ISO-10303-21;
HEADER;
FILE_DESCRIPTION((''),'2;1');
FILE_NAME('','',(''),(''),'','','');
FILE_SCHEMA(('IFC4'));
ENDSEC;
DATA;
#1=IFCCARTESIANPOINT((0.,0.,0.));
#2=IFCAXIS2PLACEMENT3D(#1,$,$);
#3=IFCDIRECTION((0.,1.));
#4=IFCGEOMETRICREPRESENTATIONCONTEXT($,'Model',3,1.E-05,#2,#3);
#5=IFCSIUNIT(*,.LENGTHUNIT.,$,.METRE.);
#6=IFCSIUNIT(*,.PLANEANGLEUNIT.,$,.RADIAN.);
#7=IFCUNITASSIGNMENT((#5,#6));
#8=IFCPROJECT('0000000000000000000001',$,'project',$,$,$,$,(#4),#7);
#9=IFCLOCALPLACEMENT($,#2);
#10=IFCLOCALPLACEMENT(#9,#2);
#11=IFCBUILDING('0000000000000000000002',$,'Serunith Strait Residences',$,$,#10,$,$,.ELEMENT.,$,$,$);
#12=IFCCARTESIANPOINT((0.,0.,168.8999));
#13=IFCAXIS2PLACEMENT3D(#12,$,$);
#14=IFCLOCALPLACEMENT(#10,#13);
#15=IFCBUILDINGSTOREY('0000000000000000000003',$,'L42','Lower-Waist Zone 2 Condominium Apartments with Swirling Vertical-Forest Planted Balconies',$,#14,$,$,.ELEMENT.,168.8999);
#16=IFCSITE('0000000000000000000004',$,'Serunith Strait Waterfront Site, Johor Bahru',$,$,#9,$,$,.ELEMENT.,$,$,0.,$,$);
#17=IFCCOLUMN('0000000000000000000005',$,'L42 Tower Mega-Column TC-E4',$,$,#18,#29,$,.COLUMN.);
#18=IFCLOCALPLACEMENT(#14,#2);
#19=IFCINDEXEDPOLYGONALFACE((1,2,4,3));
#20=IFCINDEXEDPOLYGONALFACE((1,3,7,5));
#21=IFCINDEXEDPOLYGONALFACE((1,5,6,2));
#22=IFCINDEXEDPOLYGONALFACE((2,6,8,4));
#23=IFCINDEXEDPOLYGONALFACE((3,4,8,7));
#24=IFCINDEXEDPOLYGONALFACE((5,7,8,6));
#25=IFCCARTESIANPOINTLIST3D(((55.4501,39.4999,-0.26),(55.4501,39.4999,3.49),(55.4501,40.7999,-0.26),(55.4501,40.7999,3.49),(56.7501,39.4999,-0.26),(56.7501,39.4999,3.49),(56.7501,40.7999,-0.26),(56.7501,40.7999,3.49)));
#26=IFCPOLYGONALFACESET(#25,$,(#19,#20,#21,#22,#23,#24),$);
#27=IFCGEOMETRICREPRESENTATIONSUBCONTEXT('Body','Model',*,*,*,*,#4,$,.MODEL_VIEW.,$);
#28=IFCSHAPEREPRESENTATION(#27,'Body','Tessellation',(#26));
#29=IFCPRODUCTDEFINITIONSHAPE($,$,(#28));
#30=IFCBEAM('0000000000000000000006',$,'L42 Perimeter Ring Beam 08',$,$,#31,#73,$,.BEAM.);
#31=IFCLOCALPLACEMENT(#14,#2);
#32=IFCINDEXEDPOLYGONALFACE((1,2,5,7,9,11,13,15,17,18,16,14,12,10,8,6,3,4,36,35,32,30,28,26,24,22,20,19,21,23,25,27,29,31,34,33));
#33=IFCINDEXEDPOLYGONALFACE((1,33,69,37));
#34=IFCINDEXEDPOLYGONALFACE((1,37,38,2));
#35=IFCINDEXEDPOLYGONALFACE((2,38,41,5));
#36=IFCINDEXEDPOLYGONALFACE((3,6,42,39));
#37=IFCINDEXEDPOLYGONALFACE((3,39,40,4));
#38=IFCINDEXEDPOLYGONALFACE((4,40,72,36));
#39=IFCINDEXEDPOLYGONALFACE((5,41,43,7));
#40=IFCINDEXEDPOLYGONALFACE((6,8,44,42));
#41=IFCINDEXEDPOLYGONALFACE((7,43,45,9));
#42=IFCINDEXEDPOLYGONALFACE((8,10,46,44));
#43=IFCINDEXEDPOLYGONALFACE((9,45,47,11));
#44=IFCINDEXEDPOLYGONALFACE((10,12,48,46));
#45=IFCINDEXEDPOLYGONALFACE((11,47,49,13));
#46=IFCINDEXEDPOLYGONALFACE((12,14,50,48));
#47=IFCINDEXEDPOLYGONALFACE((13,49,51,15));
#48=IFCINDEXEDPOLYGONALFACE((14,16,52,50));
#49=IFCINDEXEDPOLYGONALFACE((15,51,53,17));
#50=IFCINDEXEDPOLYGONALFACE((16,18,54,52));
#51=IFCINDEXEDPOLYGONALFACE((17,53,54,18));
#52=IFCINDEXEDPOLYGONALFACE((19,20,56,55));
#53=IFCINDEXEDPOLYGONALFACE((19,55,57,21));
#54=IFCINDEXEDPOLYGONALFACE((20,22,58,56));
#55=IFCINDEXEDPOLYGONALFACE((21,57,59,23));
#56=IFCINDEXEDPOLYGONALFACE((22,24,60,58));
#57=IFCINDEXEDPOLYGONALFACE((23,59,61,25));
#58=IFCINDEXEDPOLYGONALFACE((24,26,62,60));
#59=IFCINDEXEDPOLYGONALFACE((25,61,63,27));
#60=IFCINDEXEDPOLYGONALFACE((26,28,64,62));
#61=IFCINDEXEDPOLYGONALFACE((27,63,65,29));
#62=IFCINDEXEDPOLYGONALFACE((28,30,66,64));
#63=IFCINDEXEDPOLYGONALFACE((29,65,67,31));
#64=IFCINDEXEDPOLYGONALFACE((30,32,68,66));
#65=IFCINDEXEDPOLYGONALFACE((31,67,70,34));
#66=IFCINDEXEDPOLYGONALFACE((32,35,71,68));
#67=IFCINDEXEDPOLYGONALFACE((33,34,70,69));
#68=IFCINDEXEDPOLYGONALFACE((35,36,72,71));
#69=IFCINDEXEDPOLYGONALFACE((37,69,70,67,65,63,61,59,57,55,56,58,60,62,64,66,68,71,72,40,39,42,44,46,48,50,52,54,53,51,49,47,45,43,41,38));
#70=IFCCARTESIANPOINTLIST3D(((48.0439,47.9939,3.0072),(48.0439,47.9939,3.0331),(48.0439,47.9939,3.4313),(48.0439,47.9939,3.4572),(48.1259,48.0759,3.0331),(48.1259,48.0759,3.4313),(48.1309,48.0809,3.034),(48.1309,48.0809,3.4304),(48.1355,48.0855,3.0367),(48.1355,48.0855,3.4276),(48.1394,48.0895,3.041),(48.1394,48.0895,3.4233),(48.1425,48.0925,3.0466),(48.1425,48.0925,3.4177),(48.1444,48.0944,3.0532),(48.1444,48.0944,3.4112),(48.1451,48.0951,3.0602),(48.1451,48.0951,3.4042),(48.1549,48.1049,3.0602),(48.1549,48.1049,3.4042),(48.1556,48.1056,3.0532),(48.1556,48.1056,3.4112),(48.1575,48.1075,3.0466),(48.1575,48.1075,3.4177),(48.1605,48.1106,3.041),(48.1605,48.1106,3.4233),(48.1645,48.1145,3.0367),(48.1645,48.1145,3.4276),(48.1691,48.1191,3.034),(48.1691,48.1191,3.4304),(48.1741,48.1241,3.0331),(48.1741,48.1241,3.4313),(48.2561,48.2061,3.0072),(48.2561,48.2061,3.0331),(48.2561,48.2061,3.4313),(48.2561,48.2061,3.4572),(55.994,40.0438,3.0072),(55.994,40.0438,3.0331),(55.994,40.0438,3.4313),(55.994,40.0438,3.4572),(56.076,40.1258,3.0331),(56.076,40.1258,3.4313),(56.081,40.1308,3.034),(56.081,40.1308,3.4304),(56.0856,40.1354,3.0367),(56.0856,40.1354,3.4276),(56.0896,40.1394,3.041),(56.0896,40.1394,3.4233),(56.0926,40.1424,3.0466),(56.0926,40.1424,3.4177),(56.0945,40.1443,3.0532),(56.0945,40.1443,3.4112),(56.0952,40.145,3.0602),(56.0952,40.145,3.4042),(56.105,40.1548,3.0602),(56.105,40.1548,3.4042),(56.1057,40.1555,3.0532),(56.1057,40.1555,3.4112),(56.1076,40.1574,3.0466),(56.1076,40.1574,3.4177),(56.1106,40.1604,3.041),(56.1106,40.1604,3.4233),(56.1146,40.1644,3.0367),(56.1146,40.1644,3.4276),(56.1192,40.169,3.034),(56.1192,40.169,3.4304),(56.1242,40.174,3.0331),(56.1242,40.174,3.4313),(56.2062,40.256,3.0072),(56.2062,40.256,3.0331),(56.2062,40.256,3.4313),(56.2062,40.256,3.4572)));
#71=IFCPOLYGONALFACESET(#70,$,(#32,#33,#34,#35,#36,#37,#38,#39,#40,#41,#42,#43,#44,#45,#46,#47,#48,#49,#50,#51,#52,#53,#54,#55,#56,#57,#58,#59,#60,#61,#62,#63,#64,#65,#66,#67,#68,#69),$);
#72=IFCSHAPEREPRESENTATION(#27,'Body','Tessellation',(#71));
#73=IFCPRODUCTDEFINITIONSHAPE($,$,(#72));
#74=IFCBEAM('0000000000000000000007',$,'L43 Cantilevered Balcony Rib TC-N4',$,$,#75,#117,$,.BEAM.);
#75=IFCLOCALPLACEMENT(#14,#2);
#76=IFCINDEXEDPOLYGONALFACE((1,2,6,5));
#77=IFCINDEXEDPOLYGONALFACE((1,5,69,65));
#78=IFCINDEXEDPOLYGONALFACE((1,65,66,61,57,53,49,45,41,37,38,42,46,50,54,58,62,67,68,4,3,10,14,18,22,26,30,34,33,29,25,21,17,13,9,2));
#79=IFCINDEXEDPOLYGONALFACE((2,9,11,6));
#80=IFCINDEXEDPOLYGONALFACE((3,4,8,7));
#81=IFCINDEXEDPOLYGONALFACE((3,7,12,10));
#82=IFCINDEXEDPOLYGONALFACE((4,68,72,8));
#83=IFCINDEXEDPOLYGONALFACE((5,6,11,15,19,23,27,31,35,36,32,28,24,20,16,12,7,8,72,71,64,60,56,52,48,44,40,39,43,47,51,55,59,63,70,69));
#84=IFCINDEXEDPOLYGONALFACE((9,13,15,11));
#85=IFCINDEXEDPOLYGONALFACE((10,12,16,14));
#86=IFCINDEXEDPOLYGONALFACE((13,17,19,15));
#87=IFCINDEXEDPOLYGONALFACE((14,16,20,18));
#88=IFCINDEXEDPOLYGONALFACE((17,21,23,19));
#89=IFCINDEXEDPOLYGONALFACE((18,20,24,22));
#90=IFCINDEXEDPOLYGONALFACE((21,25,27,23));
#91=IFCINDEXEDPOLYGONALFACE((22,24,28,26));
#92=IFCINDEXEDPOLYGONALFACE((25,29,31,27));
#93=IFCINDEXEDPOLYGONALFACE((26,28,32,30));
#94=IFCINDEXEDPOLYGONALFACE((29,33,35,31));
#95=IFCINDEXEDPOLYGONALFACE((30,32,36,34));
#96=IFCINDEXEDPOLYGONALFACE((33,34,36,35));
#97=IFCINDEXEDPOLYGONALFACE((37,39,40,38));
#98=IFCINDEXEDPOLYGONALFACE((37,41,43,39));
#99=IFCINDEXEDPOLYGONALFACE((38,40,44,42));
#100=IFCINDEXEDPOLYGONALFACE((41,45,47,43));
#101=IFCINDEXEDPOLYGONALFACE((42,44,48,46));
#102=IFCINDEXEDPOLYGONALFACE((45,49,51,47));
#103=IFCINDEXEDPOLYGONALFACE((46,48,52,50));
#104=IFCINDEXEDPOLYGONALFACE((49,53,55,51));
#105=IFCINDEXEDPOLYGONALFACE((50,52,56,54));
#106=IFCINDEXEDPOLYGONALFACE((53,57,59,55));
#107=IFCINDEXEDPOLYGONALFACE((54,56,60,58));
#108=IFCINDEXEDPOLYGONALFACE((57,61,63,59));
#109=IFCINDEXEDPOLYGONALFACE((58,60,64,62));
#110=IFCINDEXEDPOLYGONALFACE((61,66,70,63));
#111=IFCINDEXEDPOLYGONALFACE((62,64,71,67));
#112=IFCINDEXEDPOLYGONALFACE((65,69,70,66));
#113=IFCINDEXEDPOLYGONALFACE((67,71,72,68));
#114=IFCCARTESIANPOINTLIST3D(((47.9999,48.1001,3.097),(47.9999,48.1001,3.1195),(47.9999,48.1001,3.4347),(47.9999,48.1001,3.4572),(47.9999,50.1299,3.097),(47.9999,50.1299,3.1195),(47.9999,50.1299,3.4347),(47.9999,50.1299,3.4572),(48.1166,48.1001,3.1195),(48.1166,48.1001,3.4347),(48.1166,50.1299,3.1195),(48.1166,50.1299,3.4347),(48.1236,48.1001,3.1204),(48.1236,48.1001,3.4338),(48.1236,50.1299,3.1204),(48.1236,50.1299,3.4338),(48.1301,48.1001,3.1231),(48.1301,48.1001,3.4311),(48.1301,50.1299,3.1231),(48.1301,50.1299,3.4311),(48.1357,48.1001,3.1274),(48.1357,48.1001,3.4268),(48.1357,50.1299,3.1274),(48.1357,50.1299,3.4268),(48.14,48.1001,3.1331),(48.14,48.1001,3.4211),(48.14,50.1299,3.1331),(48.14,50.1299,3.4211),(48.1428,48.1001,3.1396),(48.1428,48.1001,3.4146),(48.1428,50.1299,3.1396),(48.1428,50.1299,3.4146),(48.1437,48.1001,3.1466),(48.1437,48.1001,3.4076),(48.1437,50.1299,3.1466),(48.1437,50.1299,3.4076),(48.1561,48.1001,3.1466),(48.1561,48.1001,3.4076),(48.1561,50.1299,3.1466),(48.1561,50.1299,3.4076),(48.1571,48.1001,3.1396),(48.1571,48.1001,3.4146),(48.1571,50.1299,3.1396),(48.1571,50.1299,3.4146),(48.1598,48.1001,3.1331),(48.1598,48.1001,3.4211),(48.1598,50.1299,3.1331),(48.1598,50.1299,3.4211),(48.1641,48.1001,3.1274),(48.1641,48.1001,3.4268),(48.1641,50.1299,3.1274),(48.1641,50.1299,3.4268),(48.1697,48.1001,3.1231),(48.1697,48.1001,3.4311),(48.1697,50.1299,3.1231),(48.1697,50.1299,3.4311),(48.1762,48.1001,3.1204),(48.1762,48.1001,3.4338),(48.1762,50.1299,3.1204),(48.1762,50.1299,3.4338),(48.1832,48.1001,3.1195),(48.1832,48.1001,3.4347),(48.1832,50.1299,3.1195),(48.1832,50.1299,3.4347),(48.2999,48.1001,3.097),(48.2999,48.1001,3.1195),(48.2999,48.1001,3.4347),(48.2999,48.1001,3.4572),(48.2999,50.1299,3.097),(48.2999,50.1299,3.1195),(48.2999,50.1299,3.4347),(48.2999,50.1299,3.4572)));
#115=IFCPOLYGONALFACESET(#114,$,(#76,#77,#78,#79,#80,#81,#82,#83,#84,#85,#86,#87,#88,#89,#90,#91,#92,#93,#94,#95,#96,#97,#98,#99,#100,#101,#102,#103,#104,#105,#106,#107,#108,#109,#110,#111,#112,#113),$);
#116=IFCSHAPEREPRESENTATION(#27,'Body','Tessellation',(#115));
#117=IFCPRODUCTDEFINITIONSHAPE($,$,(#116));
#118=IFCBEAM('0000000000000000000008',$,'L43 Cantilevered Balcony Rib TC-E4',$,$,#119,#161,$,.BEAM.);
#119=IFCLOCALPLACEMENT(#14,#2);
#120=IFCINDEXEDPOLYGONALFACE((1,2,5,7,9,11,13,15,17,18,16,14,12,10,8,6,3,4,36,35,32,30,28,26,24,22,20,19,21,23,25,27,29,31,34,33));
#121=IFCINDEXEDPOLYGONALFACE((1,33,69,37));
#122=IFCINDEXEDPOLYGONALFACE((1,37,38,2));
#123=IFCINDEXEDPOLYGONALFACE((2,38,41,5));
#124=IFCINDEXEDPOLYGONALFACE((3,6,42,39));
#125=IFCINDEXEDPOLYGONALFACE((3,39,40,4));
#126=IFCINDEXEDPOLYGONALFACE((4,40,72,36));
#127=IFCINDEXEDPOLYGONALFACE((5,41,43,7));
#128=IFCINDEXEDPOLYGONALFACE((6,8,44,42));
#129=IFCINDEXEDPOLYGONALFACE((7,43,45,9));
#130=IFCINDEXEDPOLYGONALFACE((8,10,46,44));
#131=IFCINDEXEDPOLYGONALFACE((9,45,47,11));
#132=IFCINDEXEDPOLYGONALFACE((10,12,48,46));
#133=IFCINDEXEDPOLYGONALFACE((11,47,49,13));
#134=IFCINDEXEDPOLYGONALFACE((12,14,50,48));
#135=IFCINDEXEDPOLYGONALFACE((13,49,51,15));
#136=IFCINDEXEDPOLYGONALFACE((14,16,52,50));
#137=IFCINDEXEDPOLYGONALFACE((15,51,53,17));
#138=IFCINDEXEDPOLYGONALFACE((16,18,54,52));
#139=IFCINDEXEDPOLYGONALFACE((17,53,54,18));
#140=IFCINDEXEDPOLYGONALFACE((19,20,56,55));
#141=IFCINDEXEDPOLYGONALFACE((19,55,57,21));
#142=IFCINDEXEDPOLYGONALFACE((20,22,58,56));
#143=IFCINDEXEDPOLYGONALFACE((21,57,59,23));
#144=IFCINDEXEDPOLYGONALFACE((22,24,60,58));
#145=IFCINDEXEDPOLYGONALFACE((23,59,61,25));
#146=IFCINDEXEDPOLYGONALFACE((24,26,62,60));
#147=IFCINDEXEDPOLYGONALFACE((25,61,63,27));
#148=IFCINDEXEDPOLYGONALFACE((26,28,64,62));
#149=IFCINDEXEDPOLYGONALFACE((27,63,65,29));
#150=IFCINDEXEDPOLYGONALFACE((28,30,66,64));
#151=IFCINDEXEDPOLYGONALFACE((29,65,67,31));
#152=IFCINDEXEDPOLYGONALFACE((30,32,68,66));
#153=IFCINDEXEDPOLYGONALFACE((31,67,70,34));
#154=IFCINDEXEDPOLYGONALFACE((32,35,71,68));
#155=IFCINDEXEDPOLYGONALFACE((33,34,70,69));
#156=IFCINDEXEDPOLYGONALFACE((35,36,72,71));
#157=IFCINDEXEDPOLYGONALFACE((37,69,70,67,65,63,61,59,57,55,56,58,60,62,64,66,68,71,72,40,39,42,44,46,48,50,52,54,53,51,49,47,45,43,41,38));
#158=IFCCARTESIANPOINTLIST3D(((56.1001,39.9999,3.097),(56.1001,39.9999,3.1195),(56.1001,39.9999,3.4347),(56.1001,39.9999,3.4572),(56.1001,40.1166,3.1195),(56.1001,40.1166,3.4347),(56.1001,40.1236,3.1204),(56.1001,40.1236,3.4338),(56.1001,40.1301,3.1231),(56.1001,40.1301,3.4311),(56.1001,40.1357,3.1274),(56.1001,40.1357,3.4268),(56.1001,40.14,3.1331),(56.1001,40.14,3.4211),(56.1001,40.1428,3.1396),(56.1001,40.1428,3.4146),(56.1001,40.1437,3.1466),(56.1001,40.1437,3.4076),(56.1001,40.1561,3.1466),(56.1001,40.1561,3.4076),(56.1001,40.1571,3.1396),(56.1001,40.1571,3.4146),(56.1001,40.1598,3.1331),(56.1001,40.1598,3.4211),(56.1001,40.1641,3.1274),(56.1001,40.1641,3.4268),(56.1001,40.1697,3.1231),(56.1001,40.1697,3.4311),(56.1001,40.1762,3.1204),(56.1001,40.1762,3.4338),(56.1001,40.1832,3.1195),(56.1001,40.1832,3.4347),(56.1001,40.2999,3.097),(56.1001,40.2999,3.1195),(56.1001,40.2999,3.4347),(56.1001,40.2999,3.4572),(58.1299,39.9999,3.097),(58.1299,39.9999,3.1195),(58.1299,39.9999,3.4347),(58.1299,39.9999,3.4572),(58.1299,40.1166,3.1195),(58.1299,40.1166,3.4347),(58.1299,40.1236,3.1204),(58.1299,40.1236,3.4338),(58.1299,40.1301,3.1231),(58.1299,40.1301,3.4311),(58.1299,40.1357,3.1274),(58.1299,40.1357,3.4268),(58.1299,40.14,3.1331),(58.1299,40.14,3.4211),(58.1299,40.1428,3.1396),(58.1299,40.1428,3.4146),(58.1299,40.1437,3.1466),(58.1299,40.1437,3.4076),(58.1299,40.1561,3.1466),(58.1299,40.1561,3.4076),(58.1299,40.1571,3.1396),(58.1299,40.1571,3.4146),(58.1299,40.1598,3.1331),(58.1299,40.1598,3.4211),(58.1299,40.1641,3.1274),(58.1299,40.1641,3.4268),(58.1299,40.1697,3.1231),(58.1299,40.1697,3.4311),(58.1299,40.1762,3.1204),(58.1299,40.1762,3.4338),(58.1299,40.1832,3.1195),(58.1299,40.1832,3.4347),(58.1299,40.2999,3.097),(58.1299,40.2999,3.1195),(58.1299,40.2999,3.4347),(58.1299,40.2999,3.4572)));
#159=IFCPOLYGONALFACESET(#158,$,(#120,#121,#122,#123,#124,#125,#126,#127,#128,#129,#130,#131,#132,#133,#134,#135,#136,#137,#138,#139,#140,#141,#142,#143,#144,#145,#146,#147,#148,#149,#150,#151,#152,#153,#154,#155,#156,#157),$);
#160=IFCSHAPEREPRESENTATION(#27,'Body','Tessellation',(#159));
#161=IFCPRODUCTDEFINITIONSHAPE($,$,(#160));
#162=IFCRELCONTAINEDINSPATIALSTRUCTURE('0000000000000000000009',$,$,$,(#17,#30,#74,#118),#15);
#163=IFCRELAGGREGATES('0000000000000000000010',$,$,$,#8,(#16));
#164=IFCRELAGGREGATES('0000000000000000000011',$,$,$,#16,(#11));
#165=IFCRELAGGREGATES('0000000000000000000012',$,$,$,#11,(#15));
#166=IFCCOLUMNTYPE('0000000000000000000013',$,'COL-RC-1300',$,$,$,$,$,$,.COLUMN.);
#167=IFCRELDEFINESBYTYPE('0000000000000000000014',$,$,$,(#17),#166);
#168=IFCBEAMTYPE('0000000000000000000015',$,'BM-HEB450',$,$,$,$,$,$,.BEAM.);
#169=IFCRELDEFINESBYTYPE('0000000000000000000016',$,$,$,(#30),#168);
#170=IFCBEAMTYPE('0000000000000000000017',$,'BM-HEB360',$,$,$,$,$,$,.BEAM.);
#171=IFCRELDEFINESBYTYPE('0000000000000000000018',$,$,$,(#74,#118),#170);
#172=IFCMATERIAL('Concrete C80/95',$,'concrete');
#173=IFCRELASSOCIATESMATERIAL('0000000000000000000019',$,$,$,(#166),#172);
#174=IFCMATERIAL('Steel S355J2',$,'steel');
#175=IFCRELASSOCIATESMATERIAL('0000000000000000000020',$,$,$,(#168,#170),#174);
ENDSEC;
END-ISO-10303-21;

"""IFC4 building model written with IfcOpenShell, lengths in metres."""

from ifc_helpers import new_model, si_unit, direction, frame, origin, origin_2d, place, context, subcontext, project, spatial, rectangle, i_section, extrude, source, transform, mapped, material, material_profile, profile_set, type_object, element, save


model = new_model("IFC4")

# Units and contexts
model_context = context("Model", 3, precision=1e-05, world=origin(), true_north=direction((0.0, 1.0)))
body_context = subcontext(model_context, "Body", "Model", "MODEL_VIEW")
ifc_project = project(units=[si_unit("LENGTHUNIT", "METRE"), si_unit("PLANEANGLEUNIT", "RADIAN")], contexts=[model_context])

# Site, building, storey
site_placement = place(None, origin())
site = spatial("IfcSite", under=ifc_project, at=site_placement, Name="Serunith Strait Waterfront Site, Johor Bahru", CompositionType="ELEMENT", RefElevation=0.0)
building_placement = place(site_placement, origin())
building = spatial("IfcBuilding", under=site, at=building_placement, Name="Serunith Strait Residences", CompositionType="ELEMENT")
storey_placement = place(building_placement, frame((0.0, 0.0, 168.8999)))
storey = spatial("IfcBuildingStorey", under=building, at=storey_placement, Name="L42", Description="Lower-Waist Zone 2 Condominium Apartments with Swirling Vertical-Forest Planted Balconies", CompositionType="ELEMENT", Elevation=168.8999)

# Column
ifc_material_1 = material(Name="Concrete C80/95", Category="concrete")
ifc_material_profile_1 = material_profile(ifc_material_1, rectangle(XDim=1.3, YDim=1.3, at=origin_2d()), Name="RC 1300x1300")
ifc_profile_set_1 = profile_set([ifc_material_profile_1], Name="Concrete C80/95")
column_type = type_object("IfcColumnType", Name="COL-RC-1300", PredefinedType="COLUMN", material=ifc_profile_set_1)
shared_shape_1 = source(origin(), body_context, "Body", "SweptSolid", [
    extrude(rectangle(XDim=1.3, YDim=1.3, at=origin_2d()), origin(), (0.0, 0.0, 1.0), 3.75),
])
column_placement = place(storey_placement, frame((56.1001, 40.1499, -0.26), z_axis=(0.0, 0.0, 1.0), x_axis=(1.0, 0.0, 0.0)))
element("IfcColumn", 1, at=column_placement, inside=storey, type_object=column_type, Name="L42 Tower Mega-Column TC-E4", PredefinedType="COLUMN", context=body_context, shape_type="MappedRepresentation", body=[
    mapped(shared_shape_1, transform((0.0, 0.0, 0.0), scale=1.0)),
])

# Beams
ifc_material_2 = material(Name="Steel S355J2", Category="steel")
ifc_material_profile_2 = material_profile(ifc_material_2, i_section(OverallWidth=0.3, OverallDepth=0.45, WebThickness=0.0139, FlangeThickness=0.0259, FilletRadius=0.0271, at=origin_2d()), Name="HEB 450")
ifc_profile_set_2 = profile_set([ifc_material_profile_2], Name="Steel S355J2")
beam_type_1 = type_object("IfcBeamType", Name="BM-HEB450", PredefinedType="BEAM", material=ifc_profile_set_2)
shared_shape_2 = source(origin(), body_context, "Body", "SweptSolid", [
    extrude(i_section(OverallWidth=0.3, OverallDepth=0.45, WebThickness=0.0139, FlangeThickness=0.0259, FilletRadius=0.0271, at=origin_2d()), origin(), (0.0, 0.0, 1.0), 11.2432),
])
beam_placement = place(storey_placement, frame((56.1001, 40.1499, 3.2322), z_axis=(-0.707107, 0.707107, 0.0), x_axis=(-0.707107, -0.707107, 0.0)))
element("IfcBeam", 2, at=beam_placement, inside=storey, type_object=beam_type_1, Name="L42 Perimeter Ring Beam 08", PredefinedType="BEAM", context=body_context, shape_type="MappedRepresentation", body=[
    mapped(shared_shape_2, transform((0.0, 0.0, 0.0), scale=1.0)),
])
ifc_material_profile_3 = material_profile(ifc_material_2, i_section(OverallWidth=0.3, OverallDepth=0.3601, WebThickness=0.0125, FlangeThickness=0.0225, FilletRadius=0.0271, at=origin_2d()), Name="HEB 360")
ifc_profile_set_3 = profile_set([ifc_material_profile_3], Name="Steel S355J2")
beam_type_2 = type_object("IfcBeamType", Name="BM-HEB360", PredefinedType="BEAM", material=ifc_profile_set_3)
shared_shape_3 = source(origin(), body_context, "Body", "SweptSolid", [
    extrude(i_section(OverallWidth=0.3, OverallDepth=0.3601, WebThickness=0.0125, FlangeThickness=0.0225, FilletRadius=0.0271, at=origin_2d()), origin(), (0.0, 0.0, 1.0), 2.0298),
])
for number, where, z_axis, x_axis, name in (
    (3, (48.1499, 48.1001, 3.2771), (0.0, 1.0, 0.0), (-1.0, 0.0, 0.0), "L43 Cantilevered Balcony Rib TC-N4"),
    (4, (56.1001, 40.1499, 3.2771), (1.0, 0.0, 0.0), (0.0, 1.0, 0.0), "L43 Cantilevered Balcony Rib TC-E4"),
):
    element("IfcBeam", number, at=place(storey_placement, frame(where, z_axis=z_axis, x_axis=x_axis)), inside=storey, type_object=beam_type_2, Name=name, PredefinedType="BEAM", context=body_context, shape_type="MappedRepresentation", body=[
        mapped(shared_shape_3, transform((0.0, 0.0, 0.0), scale=1.0)),
    ])

save(model, "model.ifc")
